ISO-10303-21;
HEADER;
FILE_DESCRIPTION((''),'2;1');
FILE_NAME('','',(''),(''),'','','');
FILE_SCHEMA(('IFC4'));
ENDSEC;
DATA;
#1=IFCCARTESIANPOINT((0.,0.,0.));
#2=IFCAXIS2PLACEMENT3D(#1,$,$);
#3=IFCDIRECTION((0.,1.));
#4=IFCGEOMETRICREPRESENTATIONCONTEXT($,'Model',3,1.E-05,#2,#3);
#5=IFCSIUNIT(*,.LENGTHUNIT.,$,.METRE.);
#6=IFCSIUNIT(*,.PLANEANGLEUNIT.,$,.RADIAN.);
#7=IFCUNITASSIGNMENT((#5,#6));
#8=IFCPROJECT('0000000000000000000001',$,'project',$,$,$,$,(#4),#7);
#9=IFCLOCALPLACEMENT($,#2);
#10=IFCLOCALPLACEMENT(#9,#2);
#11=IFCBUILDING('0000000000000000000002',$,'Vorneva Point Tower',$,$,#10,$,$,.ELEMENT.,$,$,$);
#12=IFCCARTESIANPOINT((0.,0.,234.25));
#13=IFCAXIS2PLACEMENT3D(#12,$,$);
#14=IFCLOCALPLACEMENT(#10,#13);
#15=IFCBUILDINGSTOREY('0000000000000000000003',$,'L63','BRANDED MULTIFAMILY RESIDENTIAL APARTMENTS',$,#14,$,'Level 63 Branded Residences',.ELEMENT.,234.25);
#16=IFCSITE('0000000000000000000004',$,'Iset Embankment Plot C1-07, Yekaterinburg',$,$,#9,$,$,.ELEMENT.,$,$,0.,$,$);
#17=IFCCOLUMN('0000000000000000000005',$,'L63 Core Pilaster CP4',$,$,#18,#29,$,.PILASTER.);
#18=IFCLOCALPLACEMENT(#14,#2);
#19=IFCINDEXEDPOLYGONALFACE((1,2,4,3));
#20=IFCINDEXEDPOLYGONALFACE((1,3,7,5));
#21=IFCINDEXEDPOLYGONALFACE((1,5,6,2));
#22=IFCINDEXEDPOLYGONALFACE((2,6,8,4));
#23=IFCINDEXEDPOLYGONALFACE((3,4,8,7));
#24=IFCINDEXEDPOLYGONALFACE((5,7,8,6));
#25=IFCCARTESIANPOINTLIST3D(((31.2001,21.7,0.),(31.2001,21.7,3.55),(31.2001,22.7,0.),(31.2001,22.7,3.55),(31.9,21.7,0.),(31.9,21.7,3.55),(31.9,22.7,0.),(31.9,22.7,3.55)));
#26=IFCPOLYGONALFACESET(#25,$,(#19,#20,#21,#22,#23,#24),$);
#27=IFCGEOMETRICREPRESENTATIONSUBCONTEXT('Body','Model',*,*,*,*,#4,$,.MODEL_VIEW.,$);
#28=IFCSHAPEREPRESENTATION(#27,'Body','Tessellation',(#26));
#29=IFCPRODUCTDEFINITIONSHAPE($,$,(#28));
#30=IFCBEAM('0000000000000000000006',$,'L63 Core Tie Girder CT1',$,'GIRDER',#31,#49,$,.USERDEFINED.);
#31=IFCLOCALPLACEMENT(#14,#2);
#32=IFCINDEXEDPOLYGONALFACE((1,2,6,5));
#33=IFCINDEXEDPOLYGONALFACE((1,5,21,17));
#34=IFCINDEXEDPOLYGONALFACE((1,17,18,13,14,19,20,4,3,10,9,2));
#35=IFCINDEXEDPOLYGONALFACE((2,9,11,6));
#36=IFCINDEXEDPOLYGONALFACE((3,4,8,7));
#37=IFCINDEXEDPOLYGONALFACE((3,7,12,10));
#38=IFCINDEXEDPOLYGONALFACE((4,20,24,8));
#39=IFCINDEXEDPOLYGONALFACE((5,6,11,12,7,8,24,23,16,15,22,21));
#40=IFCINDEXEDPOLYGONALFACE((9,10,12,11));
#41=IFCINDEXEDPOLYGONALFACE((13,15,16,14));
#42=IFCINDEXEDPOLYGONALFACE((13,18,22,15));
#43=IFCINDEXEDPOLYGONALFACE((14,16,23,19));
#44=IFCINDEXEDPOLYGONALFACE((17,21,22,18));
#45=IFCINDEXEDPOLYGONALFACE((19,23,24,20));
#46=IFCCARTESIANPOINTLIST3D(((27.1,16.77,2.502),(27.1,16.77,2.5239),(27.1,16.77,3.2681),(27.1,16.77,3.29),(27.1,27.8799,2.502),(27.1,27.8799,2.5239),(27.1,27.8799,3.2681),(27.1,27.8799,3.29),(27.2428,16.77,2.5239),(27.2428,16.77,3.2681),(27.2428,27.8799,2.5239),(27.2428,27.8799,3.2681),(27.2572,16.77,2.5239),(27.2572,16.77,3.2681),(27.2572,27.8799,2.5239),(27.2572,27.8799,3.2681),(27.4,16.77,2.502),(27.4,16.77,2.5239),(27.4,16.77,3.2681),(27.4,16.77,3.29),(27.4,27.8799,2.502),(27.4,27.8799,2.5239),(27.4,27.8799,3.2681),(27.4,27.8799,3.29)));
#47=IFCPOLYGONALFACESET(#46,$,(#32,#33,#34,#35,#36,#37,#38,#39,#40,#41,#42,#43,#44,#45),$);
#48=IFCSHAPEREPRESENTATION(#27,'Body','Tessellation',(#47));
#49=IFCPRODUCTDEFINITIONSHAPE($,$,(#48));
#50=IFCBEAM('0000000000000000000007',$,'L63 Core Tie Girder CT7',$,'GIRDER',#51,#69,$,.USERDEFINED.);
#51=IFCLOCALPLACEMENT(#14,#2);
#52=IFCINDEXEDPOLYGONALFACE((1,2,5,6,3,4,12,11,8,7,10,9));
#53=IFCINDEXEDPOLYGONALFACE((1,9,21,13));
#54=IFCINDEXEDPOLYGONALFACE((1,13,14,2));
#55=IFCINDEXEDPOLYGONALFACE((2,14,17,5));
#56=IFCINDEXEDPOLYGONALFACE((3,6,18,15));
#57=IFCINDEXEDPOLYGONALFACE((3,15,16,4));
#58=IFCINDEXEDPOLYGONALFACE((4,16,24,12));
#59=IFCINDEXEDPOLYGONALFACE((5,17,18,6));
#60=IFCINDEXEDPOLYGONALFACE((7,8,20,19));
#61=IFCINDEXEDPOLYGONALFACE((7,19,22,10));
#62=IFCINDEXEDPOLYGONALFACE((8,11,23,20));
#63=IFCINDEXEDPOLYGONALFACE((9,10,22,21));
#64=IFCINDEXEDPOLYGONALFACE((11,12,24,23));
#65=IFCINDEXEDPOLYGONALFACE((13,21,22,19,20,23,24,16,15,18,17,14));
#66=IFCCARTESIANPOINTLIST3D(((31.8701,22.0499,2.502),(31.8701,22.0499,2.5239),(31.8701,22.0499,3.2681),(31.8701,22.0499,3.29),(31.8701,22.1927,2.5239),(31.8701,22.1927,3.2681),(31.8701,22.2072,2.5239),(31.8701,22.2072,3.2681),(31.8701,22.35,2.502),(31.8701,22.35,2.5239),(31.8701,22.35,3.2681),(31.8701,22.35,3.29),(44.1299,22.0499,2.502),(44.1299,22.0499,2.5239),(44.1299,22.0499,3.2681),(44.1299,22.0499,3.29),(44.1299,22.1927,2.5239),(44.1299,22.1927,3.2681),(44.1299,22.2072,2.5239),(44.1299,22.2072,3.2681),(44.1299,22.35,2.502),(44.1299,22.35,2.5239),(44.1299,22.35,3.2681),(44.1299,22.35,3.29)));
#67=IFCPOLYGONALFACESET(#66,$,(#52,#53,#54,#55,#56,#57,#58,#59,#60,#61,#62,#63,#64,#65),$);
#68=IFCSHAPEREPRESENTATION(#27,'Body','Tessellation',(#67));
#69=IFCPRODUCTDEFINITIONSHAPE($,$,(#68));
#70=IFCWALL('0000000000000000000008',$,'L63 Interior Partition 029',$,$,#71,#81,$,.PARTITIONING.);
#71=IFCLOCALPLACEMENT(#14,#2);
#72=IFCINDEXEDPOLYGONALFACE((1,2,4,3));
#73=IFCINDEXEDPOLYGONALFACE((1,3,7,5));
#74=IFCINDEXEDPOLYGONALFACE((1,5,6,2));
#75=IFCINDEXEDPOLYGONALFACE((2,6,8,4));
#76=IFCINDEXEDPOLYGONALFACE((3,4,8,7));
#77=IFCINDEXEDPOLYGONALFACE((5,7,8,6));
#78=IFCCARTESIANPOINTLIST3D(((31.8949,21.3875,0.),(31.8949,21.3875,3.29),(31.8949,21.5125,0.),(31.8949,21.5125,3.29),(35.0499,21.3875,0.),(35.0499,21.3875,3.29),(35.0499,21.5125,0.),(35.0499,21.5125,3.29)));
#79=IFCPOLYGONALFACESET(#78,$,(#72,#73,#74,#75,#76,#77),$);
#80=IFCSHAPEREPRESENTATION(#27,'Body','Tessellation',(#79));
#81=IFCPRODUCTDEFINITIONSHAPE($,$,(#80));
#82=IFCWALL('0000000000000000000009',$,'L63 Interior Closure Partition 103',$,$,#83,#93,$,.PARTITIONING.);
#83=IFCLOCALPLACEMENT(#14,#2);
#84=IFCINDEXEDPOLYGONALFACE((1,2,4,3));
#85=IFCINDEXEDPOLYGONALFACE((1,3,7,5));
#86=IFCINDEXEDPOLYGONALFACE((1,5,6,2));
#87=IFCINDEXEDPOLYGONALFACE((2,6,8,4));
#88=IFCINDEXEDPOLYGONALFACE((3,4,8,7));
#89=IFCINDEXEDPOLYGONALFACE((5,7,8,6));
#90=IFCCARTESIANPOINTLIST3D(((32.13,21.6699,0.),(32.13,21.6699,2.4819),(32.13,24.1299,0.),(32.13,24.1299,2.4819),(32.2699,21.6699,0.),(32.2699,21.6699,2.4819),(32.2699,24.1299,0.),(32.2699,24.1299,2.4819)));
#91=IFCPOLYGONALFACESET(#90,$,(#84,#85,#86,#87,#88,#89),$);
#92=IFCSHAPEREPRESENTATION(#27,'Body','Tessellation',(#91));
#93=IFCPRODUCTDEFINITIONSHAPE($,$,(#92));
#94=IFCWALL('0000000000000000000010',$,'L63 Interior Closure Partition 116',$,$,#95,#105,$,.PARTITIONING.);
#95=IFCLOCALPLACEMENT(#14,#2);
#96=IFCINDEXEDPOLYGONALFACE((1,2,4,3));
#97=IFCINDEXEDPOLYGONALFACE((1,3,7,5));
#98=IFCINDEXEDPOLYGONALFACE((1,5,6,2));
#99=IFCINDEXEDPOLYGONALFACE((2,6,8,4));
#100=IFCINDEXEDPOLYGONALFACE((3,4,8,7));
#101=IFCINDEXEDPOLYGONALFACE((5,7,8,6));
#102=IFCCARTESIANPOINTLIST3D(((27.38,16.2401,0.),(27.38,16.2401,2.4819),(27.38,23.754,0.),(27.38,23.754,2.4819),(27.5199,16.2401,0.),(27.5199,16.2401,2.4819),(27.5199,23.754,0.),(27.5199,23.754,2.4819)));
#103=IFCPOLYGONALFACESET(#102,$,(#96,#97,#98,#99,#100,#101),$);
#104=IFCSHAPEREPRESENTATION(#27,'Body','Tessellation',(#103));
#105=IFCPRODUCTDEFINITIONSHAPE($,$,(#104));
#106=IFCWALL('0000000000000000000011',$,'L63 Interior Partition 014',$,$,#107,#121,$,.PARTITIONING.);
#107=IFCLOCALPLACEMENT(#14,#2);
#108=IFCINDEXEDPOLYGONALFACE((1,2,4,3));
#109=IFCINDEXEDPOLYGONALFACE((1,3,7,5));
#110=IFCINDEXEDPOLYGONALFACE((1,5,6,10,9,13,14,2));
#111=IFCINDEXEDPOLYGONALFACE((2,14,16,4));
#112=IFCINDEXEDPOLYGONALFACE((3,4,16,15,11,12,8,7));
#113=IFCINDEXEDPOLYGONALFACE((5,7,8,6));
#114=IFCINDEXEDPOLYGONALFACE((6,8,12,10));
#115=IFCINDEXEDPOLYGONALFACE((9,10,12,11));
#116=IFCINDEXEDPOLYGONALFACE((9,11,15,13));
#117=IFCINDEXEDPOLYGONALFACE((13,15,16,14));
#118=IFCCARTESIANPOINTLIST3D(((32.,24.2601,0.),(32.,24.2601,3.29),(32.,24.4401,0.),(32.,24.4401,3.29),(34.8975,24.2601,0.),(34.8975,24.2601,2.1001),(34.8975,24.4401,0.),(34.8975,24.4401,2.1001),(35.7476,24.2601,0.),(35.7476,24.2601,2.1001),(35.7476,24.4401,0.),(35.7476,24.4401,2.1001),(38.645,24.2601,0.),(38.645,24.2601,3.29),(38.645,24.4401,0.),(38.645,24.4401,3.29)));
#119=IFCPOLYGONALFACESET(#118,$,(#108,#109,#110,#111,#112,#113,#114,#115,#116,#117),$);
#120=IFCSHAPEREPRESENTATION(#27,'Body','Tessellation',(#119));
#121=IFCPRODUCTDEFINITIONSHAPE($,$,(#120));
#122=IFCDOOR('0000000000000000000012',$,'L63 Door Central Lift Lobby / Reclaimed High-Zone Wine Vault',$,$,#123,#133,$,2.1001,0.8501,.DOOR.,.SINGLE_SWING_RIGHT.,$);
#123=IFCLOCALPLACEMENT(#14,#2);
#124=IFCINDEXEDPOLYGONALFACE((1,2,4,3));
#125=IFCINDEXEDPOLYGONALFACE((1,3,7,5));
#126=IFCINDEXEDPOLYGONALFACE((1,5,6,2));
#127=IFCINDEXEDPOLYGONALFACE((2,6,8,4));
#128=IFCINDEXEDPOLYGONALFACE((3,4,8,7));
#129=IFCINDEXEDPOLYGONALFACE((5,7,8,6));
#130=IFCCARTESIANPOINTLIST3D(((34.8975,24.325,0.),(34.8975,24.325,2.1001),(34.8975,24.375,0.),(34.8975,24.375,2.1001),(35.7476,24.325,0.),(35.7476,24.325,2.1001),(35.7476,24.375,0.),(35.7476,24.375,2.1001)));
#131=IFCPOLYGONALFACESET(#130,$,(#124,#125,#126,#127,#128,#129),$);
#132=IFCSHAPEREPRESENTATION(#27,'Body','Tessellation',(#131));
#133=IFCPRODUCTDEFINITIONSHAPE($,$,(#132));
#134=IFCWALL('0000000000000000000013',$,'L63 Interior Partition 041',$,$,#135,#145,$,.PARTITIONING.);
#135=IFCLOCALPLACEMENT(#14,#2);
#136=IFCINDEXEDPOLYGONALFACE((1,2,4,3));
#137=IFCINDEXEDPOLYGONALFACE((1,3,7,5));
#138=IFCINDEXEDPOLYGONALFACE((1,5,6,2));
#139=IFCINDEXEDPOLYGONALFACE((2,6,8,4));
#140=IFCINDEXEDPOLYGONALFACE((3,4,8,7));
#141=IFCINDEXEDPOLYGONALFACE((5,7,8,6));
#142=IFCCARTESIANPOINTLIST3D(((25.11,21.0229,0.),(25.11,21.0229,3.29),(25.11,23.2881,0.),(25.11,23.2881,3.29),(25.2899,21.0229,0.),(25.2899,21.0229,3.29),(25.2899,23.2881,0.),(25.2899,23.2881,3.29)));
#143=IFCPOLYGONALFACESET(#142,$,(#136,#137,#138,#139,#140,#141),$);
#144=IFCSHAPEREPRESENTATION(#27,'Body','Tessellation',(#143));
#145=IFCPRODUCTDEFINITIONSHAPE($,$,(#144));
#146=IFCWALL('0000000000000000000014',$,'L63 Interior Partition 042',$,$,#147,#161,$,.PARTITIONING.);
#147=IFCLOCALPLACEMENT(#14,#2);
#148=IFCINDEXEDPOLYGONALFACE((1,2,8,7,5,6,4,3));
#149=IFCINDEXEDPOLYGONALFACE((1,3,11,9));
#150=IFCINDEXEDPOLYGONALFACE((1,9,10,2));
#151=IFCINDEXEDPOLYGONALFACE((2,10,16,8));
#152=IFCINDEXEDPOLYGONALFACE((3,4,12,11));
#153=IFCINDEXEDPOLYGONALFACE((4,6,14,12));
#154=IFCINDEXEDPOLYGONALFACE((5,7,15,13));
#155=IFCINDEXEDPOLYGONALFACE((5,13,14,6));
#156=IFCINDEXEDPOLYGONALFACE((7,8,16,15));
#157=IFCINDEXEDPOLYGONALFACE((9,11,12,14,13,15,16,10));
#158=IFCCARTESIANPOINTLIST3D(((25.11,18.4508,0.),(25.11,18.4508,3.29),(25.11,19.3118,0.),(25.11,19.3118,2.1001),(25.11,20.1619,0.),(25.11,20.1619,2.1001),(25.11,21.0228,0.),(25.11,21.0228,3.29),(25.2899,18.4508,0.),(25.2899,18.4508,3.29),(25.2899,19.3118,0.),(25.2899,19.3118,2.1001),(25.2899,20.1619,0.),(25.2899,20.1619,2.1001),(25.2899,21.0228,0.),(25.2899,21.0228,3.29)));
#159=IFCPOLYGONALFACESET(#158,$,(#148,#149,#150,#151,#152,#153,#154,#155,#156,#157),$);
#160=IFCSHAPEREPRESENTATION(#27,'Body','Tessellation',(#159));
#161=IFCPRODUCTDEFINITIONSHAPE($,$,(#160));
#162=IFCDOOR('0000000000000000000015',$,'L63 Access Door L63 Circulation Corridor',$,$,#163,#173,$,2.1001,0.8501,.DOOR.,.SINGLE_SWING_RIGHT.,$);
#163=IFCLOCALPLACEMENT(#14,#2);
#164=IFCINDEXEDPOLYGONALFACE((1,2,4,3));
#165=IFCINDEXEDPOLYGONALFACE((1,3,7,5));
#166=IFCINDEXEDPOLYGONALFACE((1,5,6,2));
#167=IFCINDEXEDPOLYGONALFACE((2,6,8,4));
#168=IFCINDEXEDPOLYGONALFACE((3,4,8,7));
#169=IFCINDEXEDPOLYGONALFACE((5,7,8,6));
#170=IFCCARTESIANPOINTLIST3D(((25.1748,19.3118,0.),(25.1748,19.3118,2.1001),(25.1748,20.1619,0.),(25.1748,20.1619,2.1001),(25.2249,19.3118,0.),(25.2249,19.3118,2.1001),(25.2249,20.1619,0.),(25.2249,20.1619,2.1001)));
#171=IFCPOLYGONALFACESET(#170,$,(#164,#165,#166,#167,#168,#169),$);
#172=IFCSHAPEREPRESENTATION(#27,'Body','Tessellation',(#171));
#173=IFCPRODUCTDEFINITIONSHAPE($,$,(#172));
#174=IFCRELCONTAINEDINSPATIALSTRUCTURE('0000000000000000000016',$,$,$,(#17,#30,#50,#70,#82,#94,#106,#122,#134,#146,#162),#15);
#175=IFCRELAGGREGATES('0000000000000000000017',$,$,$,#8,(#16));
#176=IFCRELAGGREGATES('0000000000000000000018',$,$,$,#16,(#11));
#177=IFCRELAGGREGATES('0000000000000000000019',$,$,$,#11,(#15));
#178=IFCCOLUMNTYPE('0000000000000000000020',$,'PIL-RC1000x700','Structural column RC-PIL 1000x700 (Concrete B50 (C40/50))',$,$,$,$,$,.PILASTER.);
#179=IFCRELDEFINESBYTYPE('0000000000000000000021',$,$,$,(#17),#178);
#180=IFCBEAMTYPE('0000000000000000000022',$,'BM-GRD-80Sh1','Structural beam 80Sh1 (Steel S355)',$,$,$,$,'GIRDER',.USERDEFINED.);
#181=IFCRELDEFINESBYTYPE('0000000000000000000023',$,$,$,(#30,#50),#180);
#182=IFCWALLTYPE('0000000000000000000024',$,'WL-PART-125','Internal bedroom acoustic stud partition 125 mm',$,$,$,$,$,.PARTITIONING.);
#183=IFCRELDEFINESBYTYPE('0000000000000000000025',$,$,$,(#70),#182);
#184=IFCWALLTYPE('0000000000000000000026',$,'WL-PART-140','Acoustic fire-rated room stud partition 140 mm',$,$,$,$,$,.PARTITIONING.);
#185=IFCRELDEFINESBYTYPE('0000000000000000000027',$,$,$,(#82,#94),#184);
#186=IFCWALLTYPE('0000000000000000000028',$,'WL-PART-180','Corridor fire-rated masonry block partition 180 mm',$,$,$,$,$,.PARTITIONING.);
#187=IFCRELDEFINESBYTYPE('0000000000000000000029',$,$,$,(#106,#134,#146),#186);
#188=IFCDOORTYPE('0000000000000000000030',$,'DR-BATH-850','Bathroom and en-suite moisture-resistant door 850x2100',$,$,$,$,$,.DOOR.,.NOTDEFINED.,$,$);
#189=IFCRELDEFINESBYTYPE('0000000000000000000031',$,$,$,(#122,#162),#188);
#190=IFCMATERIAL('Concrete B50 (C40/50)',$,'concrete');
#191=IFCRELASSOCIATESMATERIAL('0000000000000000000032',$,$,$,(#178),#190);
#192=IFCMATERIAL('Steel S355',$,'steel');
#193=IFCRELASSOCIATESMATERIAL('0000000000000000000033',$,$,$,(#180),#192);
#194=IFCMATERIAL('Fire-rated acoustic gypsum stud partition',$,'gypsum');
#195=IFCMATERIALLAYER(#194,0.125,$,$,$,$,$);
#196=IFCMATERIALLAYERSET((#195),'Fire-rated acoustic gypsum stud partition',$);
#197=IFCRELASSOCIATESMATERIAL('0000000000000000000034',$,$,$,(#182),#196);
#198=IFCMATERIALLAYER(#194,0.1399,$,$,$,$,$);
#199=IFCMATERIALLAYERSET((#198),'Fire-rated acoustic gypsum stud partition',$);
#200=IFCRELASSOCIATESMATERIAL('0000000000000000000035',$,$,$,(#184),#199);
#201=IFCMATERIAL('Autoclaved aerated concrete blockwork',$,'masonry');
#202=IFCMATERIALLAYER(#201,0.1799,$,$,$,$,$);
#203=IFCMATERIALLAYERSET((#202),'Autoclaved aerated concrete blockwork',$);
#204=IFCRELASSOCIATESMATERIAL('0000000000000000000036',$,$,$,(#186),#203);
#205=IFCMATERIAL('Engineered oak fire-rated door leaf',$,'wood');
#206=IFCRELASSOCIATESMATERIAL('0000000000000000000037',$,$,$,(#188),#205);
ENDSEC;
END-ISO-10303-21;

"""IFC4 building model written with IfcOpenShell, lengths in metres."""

from ifc_helpers import new_model, si_unit, direction, frame, frame_2d, origin, origin_2d, place, context, subcontext, project, spatial, rectangle, i_section, extrude, material, layer, layer_set, material_profile, profile_set, type_object, element, fill, save


model = new_model("IFC4")

# Units and contexts
model_context = context("Model", 3, precision=1e-05, world=origin(), true_north=direction((0.0, 1.0)))
body_context = subcontext(model_context, "Body", "Model", "MODEL_VIEW")
ifc_project = project(units=[si_unit("LENGTHUNIT", "METRE"), si_unit("PLANEANGLEUNIT", "RADIAN")], contexts=[model_context])

# Site, building, storey
site_placement = place(None, origin())
site = spatial("IfcSite", under=ifc_project, at=site_placement, Name="Iset Embankment Plot C1-07, Yekaterinburg", CompositionType="ELEMENT", RefElevation=0.0)
building_placement = place(site_placement, origin())
building = spatial("IfcBuilding", under=site, at=building_placement, Name="Vorneva Point Tower", CompositionType="ELEMENT")
storey_placement = place(building_placement, frame((0.0, 0.0, 234.25)))
storey = spatial("IfcBuildingStorey", under=building, at=storey_placement, Name="L63", Description="BRANDED MULTIFAMILY RESIDENTIAL APARTMENTS", LongName="Level 63 Branded Residences", CompositionType="ELEMENT", Elevation=234.25)

# Column
ifc_material_1 = material(Name="Concrete B50 (C40/50)", Category="concrete")
ifc_material_profile_1 = material_profile(ifc_material_1, rectangle(XDim=0.7, YDim=1.0, at=origin_2d()), Name="RC-PIL 1000x700")
ifc_profile_set_1 = profile_set([ifc_material_profile_1], Name="Concrete B50 (C40/50)")
column_type = type_object("IfcColumnType", Name="PIL-RC1000x700", Description="Structural column RC-PIL 1000x700 (Concrete B50 (C40/50))", PredefinedType="PILASTER", material=ifc_profile_set_1)
column_placement = place(storey_placement, frame((31.55, 22.2, 0.0), z_axis=(0.0, 0.0, 1.0), x_axis=(1.0, 0.0, 0.0)))
element("IfcColumn", 1, at=column_placement, inside=storey, type_object=column_type, Name="L63 Core Pilaster CP4", PredefinedType="PILASTER", context=body_context, shape_type="SweptSolid", body=[
    extrude(rectangle(XDim=0.7, YDim=1.0, at=origin_2d()), origin(), (0.0, 0.0, 1.0), 3.55),
])

# Beams
ifc_material_2 = material(Name="Steel S355", Category="steel")
ifc_material_profile_2 = material_profile(ifc_material_2, i_section(OverallWidth=0.3, OverallDepth=0.7881, WebThickness=0.0144, FlangeThickness=0.022, at=origin_2d()), Name="80Sh1")
ifc_profile_set_2 = profile_set([ifc_material_profile_2], Name="Steel S355")
beam_type = type_object("IfcBeamType", Name="BM-GRD-80Sh1", Description="Structural beam 80Sh1 (Steel S355)", ElementType="GIRDER", PredefinedType="USERDEFINED", material=ifc_profile_set_2)
beam_1_placement = place(storey_placement, frame((27.25, 16.77, 2.896), z_axis=(0.0, 1.0, 0.0), x_axis=(-1.0, 0.0, 0.0)))
element("IfcBeam", 2, at=beam_1_placement, inside=storey, type_object=beam_type, Name="L63 Core Tie Girder CT1", ObjectType="GIRDER", PredefinedType="USERDEFINED", context=body_context, shape_type="SweptSolid", body=[
    extrude(i_section(OverallWidth=0.3, OverallDepth=0.7881, WebThickness=0.0144, FlangeThickness=0.022, at=origin_2d()), origin(), (0.0, 0.0, 1.0), 11.1099),
])
beam_2_placement = place(storey_placement, frame((31.8701, 22.2, 2.896), z_axis=(1.0, 0.0, 0.0), x_axis=(0.0, 1.0, 0.0)))
element("IfcBeam", 3, at=beam_2_placement, inside=storey, type_object=beam_type, Name="L63 Core Tie Girder CT7", ObjectType="GIRDER", PredefinedType="USERDEFINED", context=body_context, shape_type="SweptSolid", body=[
    extrude(i_section(OverallWidth=0.3, OverallDepth=0.7881, WebThickness=0.0144, FlangeThickness=0.022, at=origin_2d()), origin(), (0.0, 0.0, 1.0), 12.2598),
])

# Walls
ifc_material_3 = material(Name="Fire-rated acoustic gypsum stud partition", Category="gypsum")
ifc_layer_1 = layer(ifc_material_3, 0.125)
ifc_layer_set_1 = layer_set([ifc_layer_1], Name="Fire-rated acoustic gypsum stud partition")
wall_type_1 = type_object("IfcWallType", Name="WL-PART-125", Description="Internal bedroom acoustic stud partition 125 mm", PredefinedType="PARTITIONING", material=ifc_layer_set_1)
wall_1_placement = place(storey_placement, frame((35.05, 21.45, 0.0), z_axis=(0.0, 0.0, 1.0), x_axis=(-1.0, 0.0, 0.0)))
element("IfcWall", 4, at=wall_1_placement, inside=storey, type_object=wall_type_1, Name="L63 Interior Partition 029", PredefinedType="PARTITIONING", context=body_context, shape_type="SweptSolid", body=[
    extrude(rectangle(XDim=3.155, YDim=0.125, at=frame_2d((1.5776, 0.0))), origin(), (0.0, 0.0, 1.0), 3.29),
])
ifc_layer_2 = layer(ifc_material_3, 0.1399)
ifc_layer_set_2 = layer_set([ifc_layer_2], Name="Fire-rated acoustic gypsum stud partition")
wall_type_2 = type_object("IfcWallType", Name="WL-PART-140", Description="Acoustic fire-rated room stud partition 140 mm", PredefinedType="PARTITIONING", material=ifc_layer_set_2)
wall_2_placement = place(storey_placement, frame((32.2, 24.1299, 0.0), z_axis=(0.0, 0.0, 1.0), x_axis=(0.0, -1.0, 0.0)))
element("IfcWall", 5, at=wall_2_placement, inside=storey, type_object=wall_type_2, Name="L63 Interior Closure Partition 103", PredefinedType="PARTITIONING", context=body_context, shape_type="SweptSolid", body=[
    extrude(rectangle(XDim=2.46, YDim=0.1399, at=frame_2d((1.23, 0.0))), origin(), (0.0, 0.0, 1.0), 2.4819),
])
wall_3_placement = place(storey_placement, frame((27.45, 23.7539, 0.0), z_axis=(0.0, 0.0, 1.0), x_axis=(0.0, -1.0, 0.0)))
element("IfcWall", 6, at=wall_3_placement, inside=storey, type_object=wall_type_2, Name="L63 Interior Closure Partition 116", PredefinedType="PARTITIONING", context=body_context, shape_type="SweptSolid", body=[
    extrude(rectangle(XDim=7.5139, YDim=0.1399, at=frame_2d((3.7568, 0.0))), origin(), (0.0, 0.0, 1.0), 2.4819),
])

# Wall, opening, door
ifc_material_4 = material(Name="Autoclaved aerated concrete blockwork", Category="masonry")
ifc_layer_3 = layer(ifc_material_4, 0.1799)
ifc_layer_set_3 = layer_set([ifc_layer_3], Name="Autoclaved aerated concrete blockwork")
wall_type_3 = type_object("IfcWallType", Name="WL-PART-180", Description="Corridor fire-rated masonry block partition 180 mm", PredefinedType="PARTITIONING", material=ifc_layer_set_3)
wall_4_placement = place(storey_placement, frame((32.0, 24.3501, 0.0), z_axis=(0.0, 0.0, 1.0), x_axis=(1.0, 0.0, 0.0)))
wall_4 = element("IfcWall", 7, at=wall_4_placement, inside=storey, type_object=wall_type_3, Name="L63 Interior Partition 014", PredefinedType="PARTITIONING", context=body_context, shape_type="SweptSolid", body=[
    extrude(rectangle(XDim=6.645, YDim=0.1799, at=frame_2d((3.3225, 0.0))), origin(), (0.0, 0.0, 1.0), 3.29),
])
opening_1_placement = place(wall_4_placement, frame((2.8975, 0.0, 0.0)))
opening_1 = element("IfcOpeningElement", 8, at=opening_1_placement, cuts=wall_4, PredefinedType="OPENING", context=body_context, shape_type="SweptSolid", body=[
    extrude(rectangle(XDim=0.8501, YDim=2.1001, at=frame_2d((0.425, 1.05))), frame((0.0, 0.105, 0.0), z_axis=(0.0, -1.0, 0.0), x_axis=(1.0, 0.0, 0.0)), (0.0, 0.0, 1.0), 0.2097),
])
ifc_material_5 = material(Name="Engineered oak fire-rated door leaf", Category="wood")
door_type_1 = type_object("IfcDoorType", Name="DR-BATH-850", Description="Bathroom and en-suite moisture-resistant door 850x2100", OperationType="NOTDEFINED", PredefinedType="DOOR", material=ifc_material_5)
door_1_placement = place(opening_1_placement, origin())
door_1 = element("IfcDoor", 9, at=door_1_placement, inside=storey, type_object=door_type_1, Name="L63 Door Central Lift Lobby / Reclaimed High-Zone Wine Vault", OperationType="SINGLE_SWING_RIGHT", OverallHeight=2.1001, OverallWidth=0.8501, PredefinedType="DOOR", context=body_context, shape_type="SweptSolid", body=[
    extrude(rectangle(XDim=0.8501, YDim=2.1001, at=frame_2d((0.425, 1.05))), frame((0.0, 0.0249, 0.0), z_axis=(0.0, -1.0, 0.0), x_axis=(1.0, 0.0, 0.0)), (0.0, 0.0, 1.0), 0.05),
])
fill(opening_1, door_1)

# Wall
wall_5_placement = place(storey_placement, frame((25.2, 23.2881, 0.0), z_axis=(0.0, 0.0, 1.0), x_axis=(0.0, -1.0, 0.0)))
element("IfcWall", 10, at=wall_5_placement, inside=storey, type_object=wall_type_3, Name="L63 Interior Partition 041", PredefinedType="PARTITIONING", context=body_context, shape_type="SweptSolid", body=[
    extrude(rectangle(XDim=2.2651, YDim=0.1799, at=frame_2d((1.1326, 0.0))), origin(), (0.0, 0.0, 1.0), 3.29),
])

# Wall, opening, door
wall_6_placement = place(storey_placement, frame((25.2, 21.0229, 0.0), z_axis=(0.0, 0.0, 1.0), x_axis=(0.0, -1.0, 0.0)))
wall_6 = element("IfcWall", 11, at=wall_6_placement, inside=storey, type_object=wall_type_3, Name="L63 Interior Partition 042", PredefinedType="PARTITIONING", context=body_context, shape_type="SweptSolid", body=[
    extrude(rectangle(XDim=2.572, YDim=0.1799, at=frame_2d((1.2861, 0.0))), origin(), (0.0, 0.0, 1.0), 3.29),
])
opening_2_placement = place(wall_6_placement, frame((0.8611, 0.0, 0.0)))
opening_2 = element("IfcOpeningElement", 12, at=opening_2_placement, cuts=wall_6, PredefinedType="OPENING", context=body_context, shape_type="SweptSolid", body=[
    extrude(rectangle(XDim=0.8501, YDim=2.1001, at=frame_2d((0.425, 1.05))), frame((0.0, 0.105, 0.0), z_axis=(0.0, -1.0, 0.0), x_axis=(1.0, 0.0, 0.0)), (0.0, 0.0, 1.0), 0.2097),
])
door_2_placement = place(opening_2_placement, origin())
door_2 = element("IfcDoor", 13, at=door_2_placement, inside=storey, type_object=door_type_1, Name="L63 Access Door L63 Circulation Corridor", OperationType="SINGLE_SWING_RIGHT", OverallHeight=2.1001, OverallWidth=0.8501, PredefinedType="DOOR", context=body_context, shape_type="SweptSolid", body=[
    extrude(rectangle(XDim=0.8501, YDim=2.1001, at=frame_2d((0.425, 1.05))), frame((0.0, 0.0249, 0.0), z_axis=(0.0, -1.0, 0.0), x_axis=(1.0, 0.0, 0.0)), (0.0, 0.0, 1.0), 0.05),
])
fill(opening_2, door_2)

save(model, "model.ifc")
